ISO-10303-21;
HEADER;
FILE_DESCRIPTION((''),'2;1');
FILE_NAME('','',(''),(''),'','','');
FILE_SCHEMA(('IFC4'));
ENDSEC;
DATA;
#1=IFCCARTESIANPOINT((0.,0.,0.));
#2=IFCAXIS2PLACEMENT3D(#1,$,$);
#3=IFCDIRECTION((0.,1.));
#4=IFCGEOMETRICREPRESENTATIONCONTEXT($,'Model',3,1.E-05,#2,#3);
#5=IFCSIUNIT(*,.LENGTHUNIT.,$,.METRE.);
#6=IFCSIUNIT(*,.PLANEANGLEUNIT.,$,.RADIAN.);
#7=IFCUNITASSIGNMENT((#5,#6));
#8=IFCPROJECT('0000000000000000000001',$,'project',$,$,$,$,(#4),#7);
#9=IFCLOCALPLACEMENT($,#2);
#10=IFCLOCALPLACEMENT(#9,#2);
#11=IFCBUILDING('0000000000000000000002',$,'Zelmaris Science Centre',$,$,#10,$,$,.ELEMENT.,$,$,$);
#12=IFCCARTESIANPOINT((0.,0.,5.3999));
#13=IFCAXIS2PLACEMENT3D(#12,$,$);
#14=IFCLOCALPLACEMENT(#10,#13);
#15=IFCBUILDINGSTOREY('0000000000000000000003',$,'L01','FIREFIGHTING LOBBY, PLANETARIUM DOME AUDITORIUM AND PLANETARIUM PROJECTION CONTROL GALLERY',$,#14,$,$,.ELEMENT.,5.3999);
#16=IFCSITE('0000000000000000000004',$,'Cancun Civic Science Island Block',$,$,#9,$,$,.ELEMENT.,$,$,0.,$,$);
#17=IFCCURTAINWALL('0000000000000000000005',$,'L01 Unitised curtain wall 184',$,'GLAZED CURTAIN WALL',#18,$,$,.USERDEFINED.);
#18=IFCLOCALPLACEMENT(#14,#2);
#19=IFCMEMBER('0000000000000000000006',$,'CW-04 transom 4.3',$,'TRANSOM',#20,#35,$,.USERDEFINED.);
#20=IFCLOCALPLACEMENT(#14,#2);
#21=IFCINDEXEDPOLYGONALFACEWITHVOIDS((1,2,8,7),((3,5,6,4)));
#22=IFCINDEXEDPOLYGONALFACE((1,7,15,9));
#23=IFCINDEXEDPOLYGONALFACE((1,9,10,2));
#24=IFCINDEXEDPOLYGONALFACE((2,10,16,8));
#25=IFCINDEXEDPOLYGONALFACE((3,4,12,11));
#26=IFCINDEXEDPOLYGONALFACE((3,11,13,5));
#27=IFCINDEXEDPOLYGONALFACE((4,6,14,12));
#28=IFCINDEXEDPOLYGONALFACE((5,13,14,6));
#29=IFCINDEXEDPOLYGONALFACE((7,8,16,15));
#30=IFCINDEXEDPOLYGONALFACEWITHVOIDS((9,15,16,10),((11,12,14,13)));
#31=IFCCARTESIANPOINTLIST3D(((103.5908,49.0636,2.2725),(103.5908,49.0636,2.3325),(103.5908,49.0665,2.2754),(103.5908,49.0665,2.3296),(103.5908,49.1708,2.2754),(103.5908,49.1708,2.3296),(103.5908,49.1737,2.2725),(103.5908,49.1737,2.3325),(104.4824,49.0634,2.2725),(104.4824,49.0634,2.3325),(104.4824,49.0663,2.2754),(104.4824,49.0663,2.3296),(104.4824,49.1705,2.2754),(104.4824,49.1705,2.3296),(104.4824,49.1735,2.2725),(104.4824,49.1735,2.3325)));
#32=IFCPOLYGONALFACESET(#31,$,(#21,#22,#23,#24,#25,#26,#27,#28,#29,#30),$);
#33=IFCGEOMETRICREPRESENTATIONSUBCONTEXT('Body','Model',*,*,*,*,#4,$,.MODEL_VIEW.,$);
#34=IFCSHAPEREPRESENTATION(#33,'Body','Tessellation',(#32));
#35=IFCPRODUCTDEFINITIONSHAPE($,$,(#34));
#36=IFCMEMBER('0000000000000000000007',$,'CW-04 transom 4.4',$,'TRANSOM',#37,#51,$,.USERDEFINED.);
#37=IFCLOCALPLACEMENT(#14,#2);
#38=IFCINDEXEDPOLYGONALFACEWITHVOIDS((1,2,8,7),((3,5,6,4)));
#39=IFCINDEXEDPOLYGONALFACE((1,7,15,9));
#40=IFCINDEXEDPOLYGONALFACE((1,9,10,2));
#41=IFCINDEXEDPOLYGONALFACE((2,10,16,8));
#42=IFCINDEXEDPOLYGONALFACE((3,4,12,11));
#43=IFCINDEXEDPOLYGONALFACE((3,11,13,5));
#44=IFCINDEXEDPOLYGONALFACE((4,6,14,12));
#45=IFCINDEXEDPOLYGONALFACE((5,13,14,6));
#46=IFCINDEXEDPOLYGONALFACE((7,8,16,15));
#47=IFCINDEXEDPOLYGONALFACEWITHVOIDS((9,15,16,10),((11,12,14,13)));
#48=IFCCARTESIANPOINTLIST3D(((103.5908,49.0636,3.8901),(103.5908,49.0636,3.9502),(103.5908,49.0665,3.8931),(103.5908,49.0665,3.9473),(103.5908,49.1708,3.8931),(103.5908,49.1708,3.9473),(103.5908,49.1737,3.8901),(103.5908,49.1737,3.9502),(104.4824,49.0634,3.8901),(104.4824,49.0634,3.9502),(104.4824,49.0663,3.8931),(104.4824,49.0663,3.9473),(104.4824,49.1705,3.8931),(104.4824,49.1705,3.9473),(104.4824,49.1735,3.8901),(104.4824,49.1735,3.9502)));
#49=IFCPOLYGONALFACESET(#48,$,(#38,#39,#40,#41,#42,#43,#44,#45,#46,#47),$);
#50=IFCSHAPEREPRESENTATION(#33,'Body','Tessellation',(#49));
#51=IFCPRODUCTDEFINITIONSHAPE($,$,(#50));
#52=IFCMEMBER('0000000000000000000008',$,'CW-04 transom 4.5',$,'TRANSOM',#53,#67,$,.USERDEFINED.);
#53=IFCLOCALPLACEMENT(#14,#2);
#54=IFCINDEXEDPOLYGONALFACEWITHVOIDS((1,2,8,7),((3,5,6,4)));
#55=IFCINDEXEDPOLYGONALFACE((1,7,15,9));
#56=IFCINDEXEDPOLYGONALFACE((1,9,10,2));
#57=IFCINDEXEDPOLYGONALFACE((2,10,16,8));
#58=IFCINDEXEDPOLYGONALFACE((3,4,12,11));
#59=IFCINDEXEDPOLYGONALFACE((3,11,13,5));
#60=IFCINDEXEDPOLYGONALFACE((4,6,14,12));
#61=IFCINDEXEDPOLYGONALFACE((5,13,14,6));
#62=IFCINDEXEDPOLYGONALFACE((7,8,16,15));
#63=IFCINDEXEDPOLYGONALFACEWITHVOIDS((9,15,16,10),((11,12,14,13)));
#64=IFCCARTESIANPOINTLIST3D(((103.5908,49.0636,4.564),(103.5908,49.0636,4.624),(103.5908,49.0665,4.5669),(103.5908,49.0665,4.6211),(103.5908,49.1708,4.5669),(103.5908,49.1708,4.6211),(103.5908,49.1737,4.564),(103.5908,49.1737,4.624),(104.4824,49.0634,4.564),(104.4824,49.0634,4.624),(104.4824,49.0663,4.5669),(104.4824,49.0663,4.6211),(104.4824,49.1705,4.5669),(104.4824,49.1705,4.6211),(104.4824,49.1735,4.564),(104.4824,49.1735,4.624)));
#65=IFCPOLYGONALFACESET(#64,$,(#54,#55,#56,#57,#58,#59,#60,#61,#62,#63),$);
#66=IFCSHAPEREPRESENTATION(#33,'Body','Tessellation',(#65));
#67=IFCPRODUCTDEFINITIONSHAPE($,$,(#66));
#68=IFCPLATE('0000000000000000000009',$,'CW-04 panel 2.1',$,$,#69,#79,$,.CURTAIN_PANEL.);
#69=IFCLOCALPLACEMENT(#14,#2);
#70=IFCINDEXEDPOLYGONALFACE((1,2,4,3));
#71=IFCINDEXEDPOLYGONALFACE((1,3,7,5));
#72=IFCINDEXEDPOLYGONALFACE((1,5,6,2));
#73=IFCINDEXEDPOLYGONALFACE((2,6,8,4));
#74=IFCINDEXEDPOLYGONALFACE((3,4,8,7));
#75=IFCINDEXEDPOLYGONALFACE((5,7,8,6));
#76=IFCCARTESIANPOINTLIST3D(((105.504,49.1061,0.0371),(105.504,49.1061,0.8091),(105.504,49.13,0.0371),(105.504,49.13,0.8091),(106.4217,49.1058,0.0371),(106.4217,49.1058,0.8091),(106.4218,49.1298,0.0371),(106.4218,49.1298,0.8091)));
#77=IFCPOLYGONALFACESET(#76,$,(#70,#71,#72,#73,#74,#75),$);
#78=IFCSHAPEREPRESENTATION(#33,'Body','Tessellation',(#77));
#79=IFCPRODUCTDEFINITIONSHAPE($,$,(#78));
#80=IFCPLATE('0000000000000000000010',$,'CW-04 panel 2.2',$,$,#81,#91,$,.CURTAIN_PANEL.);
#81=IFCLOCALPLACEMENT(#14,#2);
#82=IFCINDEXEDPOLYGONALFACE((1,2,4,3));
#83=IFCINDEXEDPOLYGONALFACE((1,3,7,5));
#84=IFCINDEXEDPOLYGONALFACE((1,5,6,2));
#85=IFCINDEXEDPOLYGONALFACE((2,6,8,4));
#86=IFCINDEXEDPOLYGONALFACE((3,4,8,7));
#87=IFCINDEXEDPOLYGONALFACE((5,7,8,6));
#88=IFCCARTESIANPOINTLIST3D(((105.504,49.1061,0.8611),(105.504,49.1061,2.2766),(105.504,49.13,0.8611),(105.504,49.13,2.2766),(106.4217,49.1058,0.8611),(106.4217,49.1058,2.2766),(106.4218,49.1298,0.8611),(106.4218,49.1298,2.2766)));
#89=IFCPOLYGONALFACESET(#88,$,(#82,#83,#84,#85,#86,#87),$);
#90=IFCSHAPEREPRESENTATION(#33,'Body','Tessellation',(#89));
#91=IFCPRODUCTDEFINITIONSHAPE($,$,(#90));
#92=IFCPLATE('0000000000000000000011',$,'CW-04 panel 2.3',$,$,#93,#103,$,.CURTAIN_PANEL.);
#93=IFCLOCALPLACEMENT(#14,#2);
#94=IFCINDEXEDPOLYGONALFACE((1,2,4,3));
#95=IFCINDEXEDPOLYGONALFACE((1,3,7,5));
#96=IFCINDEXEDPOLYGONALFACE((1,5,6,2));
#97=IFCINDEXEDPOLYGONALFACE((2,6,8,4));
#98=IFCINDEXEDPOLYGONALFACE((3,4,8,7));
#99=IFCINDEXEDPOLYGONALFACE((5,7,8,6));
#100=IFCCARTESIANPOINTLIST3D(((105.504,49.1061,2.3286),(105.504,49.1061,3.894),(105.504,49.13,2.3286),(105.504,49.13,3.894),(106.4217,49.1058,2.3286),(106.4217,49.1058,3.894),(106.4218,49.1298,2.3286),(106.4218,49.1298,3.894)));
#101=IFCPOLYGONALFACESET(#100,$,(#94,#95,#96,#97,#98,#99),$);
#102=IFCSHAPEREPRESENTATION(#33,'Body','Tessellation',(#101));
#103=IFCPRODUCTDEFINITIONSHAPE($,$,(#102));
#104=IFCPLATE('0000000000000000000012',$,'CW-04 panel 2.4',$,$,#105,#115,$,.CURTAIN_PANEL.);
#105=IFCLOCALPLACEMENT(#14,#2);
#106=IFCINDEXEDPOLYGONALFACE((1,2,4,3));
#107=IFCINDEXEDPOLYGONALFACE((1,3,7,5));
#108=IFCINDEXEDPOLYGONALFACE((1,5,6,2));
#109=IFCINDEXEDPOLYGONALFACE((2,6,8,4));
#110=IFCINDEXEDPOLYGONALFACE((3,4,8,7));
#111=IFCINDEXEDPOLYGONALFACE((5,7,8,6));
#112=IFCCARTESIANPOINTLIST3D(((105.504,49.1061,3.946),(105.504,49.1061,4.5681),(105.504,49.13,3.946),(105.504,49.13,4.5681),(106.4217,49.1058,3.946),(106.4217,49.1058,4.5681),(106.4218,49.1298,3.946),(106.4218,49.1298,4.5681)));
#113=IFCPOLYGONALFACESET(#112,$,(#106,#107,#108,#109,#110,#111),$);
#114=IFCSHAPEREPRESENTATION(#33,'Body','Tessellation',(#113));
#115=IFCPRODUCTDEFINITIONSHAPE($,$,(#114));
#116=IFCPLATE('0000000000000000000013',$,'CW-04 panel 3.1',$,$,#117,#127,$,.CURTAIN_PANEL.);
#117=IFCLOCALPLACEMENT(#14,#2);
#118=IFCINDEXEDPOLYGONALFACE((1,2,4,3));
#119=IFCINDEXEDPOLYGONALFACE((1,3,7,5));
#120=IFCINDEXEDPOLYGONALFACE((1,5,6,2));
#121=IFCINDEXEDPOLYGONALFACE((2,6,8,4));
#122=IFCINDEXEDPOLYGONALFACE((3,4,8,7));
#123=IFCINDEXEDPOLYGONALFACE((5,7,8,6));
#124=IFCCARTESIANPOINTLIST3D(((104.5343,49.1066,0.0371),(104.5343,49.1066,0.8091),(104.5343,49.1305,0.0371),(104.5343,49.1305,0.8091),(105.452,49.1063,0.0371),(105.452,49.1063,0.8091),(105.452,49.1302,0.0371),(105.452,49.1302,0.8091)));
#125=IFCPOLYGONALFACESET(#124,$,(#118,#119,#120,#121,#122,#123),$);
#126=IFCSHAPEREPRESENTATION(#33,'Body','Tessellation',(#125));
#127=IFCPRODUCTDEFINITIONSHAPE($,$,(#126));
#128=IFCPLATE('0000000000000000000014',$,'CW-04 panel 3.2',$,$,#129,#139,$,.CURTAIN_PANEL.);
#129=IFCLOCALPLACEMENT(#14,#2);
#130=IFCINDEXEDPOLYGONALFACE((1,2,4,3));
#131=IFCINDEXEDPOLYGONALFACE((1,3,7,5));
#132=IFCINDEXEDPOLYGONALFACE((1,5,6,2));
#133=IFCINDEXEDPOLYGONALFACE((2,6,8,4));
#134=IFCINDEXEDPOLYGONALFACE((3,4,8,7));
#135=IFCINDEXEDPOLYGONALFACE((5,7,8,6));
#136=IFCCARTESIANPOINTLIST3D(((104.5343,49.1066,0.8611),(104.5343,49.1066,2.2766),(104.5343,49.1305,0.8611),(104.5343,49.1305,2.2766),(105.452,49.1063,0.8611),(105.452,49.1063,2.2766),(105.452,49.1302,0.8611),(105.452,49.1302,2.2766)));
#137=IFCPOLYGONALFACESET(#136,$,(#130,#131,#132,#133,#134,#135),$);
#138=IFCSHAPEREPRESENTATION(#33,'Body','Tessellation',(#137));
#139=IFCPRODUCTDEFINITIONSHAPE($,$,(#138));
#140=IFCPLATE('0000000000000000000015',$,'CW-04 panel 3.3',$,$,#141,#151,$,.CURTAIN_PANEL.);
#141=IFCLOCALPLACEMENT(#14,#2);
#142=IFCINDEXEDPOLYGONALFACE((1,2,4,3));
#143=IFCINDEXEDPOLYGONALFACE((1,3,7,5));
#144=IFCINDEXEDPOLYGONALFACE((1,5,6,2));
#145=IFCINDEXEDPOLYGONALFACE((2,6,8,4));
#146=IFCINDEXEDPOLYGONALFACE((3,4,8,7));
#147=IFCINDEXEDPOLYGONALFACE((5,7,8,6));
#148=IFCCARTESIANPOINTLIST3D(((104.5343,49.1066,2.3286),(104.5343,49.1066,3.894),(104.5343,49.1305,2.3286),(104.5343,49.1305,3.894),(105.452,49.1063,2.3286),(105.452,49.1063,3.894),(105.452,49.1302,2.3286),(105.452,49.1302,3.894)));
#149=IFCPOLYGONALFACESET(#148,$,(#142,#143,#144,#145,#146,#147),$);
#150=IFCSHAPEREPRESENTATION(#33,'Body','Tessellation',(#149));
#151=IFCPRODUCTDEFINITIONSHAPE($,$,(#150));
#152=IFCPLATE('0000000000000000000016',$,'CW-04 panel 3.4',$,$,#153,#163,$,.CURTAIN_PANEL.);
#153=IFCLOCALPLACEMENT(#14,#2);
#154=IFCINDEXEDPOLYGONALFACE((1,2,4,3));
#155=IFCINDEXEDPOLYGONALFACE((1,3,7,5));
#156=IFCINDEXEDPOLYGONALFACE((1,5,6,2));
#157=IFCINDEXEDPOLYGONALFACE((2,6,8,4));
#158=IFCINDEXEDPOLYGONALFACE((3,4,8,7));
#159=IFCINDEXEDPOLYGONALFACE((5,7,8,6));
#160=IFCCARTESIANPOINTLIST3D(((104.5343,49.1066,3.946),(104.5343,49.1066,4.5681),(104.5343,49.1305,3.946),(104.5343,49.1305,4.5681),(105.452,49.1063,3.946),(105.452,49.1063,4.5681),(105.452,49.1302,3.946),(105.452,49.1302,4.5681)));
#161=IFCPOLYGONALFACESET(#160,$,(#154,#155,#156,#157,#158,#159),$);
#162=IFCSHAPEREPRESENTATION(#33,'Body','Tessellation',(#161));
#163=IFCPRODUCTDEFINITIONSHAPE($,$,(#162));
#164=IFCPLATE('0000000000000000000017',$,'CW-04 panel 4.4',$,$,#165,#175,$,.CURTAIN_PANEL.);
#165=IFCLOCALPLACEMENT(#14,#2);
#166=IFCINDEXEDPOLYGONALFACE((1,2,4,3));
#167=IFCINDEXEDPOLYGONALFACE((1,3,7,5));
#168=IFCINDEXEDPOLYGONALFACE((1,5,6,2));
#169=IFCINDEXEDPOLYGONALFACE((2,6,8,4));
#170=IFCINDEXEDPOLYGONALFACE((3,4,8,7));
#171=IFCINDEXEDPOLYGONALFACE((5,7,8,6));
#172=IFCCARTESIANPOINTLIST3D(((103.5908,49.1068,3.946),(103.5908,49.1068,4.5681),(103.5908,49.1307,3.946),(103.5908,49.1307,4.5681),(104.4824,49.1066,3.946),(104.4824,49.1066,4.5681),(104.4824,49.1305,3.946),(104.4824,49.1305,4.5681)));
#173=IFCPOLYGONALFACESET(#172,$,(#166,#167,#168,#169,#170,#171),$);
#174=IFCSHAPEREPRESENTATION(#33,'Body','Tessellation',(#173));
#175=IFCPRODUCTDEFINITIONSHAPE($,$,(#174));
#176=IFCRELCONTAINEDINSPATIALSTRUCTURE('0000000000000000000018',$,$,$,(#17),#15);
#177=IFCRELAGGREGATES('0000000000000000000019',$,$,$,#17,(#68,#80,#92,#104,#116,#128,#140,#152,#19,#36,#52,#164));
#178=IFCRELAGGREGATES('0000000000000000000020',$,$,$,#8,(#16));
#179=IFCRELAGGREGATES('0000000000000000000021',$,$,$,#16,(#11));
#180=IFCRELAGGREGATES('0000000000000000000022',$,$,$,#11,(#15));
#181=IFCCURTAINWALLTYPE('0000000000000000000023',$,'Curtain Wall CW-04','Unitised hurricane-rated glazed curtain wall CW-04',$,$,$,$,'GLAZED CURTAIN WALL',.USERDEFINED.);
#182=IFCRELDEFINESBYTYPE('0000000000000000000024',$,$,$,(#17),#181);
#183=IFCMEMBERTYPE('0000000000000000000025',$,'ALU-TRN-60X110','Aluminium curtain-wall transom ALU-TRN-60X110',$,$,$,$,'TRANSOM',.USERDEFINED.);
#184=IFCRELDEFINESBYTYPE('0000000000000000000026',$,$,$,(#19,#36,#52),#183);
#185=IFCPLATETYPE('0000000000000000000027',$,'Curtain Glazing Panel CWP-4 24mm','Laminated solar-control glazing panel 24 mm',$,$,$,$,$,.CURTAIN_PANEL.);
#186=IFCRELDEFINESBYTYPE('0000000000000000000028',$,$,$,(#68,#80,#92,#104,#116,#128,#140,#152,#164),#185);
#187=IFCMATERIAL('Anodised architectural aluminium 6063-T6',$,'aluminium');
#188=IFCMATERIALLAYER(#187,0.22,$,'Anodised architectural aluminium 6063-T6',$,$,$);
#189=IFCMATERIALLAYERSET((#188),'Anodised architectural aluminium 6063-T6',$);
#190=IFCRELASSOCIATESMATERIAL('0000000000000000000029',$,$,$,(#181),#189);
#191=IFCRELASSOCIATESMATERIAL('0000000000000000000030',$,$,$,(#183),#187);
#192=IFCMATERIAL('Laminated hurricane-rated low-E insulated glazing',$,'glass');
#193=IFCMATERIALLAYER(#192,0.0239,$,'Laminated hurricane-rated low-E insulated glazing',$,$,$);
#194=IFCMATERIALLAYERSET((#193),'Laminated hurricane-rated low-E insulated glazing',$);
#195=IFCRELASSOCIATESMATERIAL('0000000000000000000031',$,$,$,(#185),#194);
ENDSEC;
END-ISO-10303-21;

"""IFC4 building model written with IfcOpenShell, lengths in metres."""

from ifc_helpers import new_model, si_unit, direction, frame, origin, origin_2d, place, context, subcontext, project, spatial, rectangle, hollow_rectangle, extrude, material, layer, layer_set, material_profile, profile_set, type_object, element, aggregate, save


model = new_model("IFC4")

# Units and contexts
model_context = context("Model", 3, precision=1e-05, world=origin(), true_north=direction((0.0, 1.0)))
body_context = subcontext(model_context, "Body", "Model", "MODEL_VIEW")
ifc_project = project(units=[si_unit("LENGTHUNIT", "METRE"), si_unit("PLANEANGLEUNIT", "RADIAN")], contexts=[model_context])

# Site, building, storey
site_placement = place(None, origin())
site = spatial("IfcSite", under=ifc_project, at=site_placement, Name="Cancun Civic Science Island Block", CompositionType="ELEMENT", RefElevation=0.0)
building_placement = place(site_placement, origin())
building = spatial("IfcBuilding", under=site, at=building_placement, Name="Zelmaris Science Centre", CompositionType="ELEMENT")
storey_placement = place(building_placement, frame((0.0, 0.0, 5.3999)))
storey = spatial("IfcBuildingStorey", under=building, at=storey_placement, Name="L01", Description="FIREFIGHTING LOBBY, PLANETARIUM DOME AUDITORIUM AND PLANETARIUM PROJECTION CONTROL GALLERY", CompositionType="ELEMENT", Elevation=5.3999)

# Curtain wall, members, plates
ifc_material_1 = material(Name="Anodised architectural aluminium 6063-T6", Category="aluminium")
ifc_layer_1 = layer(ifc_material_1, 0.22, Name="Anodised architectural aluminium 6063-T6")
ifc_layer_set_1 = layer_set([ifc_layer_1], Name="Anodised architectural aluminium 6063-T6")
curtain_wall_type = type_object("IfcCurtainWallType", Name="Curtain Wall CW-04", Description="Unitised hurricane-rated glazed curtain wall CW-04", ElementType="GLAZED CURTAIN WALL", PredefinedType="USERDEFINED", material=ifc_layer_set_1)
curtain_wall_placement = place(storey_placement, origin())
curtain_wall = element("IfcCurtainWall", 1, at=curtain_wall_placement, inside=storey, type_object=curtain_wall_type, Name="L01 Unitised curtain wall 184", ObjectType="GLAZED CURTAIN WALL", PredefinedType="USERDEFINED")
ifc_material_profile_1 = material_profile(ifc_material_1, hollow_rectangle(XDim=0.0601, YDim=0.1101, WallThickness=0.0029, at=origin_2d()), Name="ALU-TRN-60X110")
ifc_profile_set_1 = profile_set([ifc_material_profile_1], Name="Anodised architectural aluminium 6063-T6")
member_type_1 = type_object("IfcMemberType", Name="ALU-TRN-60X110", Description="Aluminium curtain-wall transom ALU-TRN-60X110", ElementType="TRANSOM", PredefinedType="USERDEFINED", material=ifc_profile_set_1)
member_1_placement = place(storey_placement, frame((104.4824, 49.1184, 2.3025), z_axis=(-1.0, 0.000274, 0.0), x_axis=(0.0, 0.0, 1.0)))
member_1 = element("IfcMember", 2, at=member_1_placement, type_object=member_type_1, Name="CW-04 transom 4.3", ObjectType="TRANSOM", PredefinedType="USERDEFINED", context=body_context, shape_type="SweptSolid", body=[
    extrude(hollow_rectangle(XDim=0.0601, YDim=0.1101, WallThickness=0.0029, at=origin_2d()), origin(), (0.0, 0.0, 1.0), 0.8916),
])
member_2_placement = place(storey_placement, frame((104.4824, 49.1184, 3.9202), z_axis=(-1.0, 0.000274, 0.0), x_axis=(0.0, 0.0, 1.0)))
member_2 = element("IfcMember", 3, at=member_2_placement, type_object=member_type_1, Name="CW-04 transom 4.4", ObjectType="TRANSOM", PredefinedType="USERDEFINED", context=body_context, shape_type="SweptSolid", body=[
    extrude(hollow_rectangle(XDim=0.0601, YDim=0.1101, WallThickness=0.0029, at=origin_2d()), origin(), (0.0, 0.0, 1.0), 0.8916),
])
member_3_placement = place(storey_placement, frame((104.4824, 49.1184, 4.594), z_axis=(-1.0, 0.000274, 0.0), x_axis=(0.0, 0.0, 1.0)))
member_3 = element("IfcMember", 4, at=member_3_placement, type_object=member_type_1, Name="CW-04 transom 4.5", ObjectType="TRANSOM", PredefinedType="USERDEFINED", context=body_context, shape_type="SweptSolid", body=[
    extrude(hollow_rectangle(XDim=0.0601, YDim=0.1101, WallThickness=0.0029, at=origin_2d()), origin(), (0.0, 0.0, 1.0), 0.8916),
])
ifc_material_2 = material(Name="Laminated hurricane-rated low-E insulated glazing", Category="glass")
ifc_layer_2 = layer(ifc_material_2, 0.0239, Name="Laminated hurricane-rated low-E insulated glazing")
ifc_layer_set_2 = layer_set([ifc_layer_2], Name="Laminated hurricane-rated low-E insulated glazing")
plate_type = type_object("IfcPlateType", Name="Curtain Glazing Panel CWP-4 24mm", Description="Laminated solar-control glazing panel 24 mm", PredefinedType="CURTAIN_PANEL", material=ifc_layer_set_2)
plate_1_placement = place(storey_placement, frame((105.9629, 49.1179, 0.0371), z_axis=(0.0, 0.0, 1.0), x_axis=(-1.0, 0.000284, 0.0)))
plate_1 = element("IfcPlate", 5, at=plate_1_placement, type_object=plate_type, Name="CW-04 panel 2.1", PredefinedType="CURTAIN_PANEL", context=body_context, shape_type="SweptSolid", body=[
    extrude(rectangle(XDim=0.9177, YDim=0.0239, at=origin_2d()), origin(), (0.0, 0.0, 1.0), 0.772),
])
plate_2_placement = place(storey_placement, frame((105.9629, 49.1179, 0.8611), z_axis=(0.0, 0.0, 1.0), x_axis=(-1.0, 0.000284, 0.0)))
plate_2 = element("IfcPlate", 6, at=plate_2_placement, type_object=plate_type, Name="CW-04 panel 2.2", PredefinedType="CURTAIN_PANEL", context=body_context, shape_type="SweptSolid", body=[
    extrude(rectangle(XDim=0.9177, YDim=0.0239, at=origin_2d()), origin(), (0.0, 0.0, 1.0), 1.4155),
])
plate_3_placement = place(storey_placement, frame((105.9629, 49.1179, 2.3286), z_axis=(0.0, 0.0, 1.0), x_axis=(-1.0, 0.000284, 0.0)))
plate_3 = element("IfcPlate", 7, at=plate_3_placement, type_object=plate_type, Name="CW-04 panel 2.3", PredefinedType="CURTAIN_PANEL", context=body_context, shape_type="SweptSolid", body=[
    extrude(rectangle(XDim=0.9177, YDim=0.0239, at=origin_2d()), origin(), (0.0, 0.0, 1.0), 1.5654),
])
plate_4_placement = place(storey_placement, frame((105.9629, 49.1179, 3.946), z_axis=(0.0, 0.0, 1.0), x_axis=(-1.0, 0.000284, 0.0)))
plate_4 = element("IfcPlate", 8, at=plate_4_placement, type_object=plate_type, Name="CW-04 panel 2.4", PredefinedType="CURTAIN_PANEL", context=body_context, shape_type="SweptSolid", body=[
    extrude(rectangle(XDim=0.9177, YDim=0.0239, at=origin_2d()), origin(), (0.0, 0.0, 1.0), 0.6221),
])
plate_5_placement = place(storey_placement, frame((104.9932, 49.1184, 0.0371), z_axis=(0.0, 0.0, 1.0), x_axis=(-1.0, 0.000284, 0.0)))
plate_5 = element("IfcPlate", 9, at=plate_5_placement, type_object=plate_type, Name="CW-04 panel 3.1", PredefinedType="CURTAIN_PANEL", context=body_context, shape_type="SweptSolid", body=[
    extrude(rectangle(XDim=0.9177, YDim=0.0239, at=origin_2d()), origin(), (0.0, 0.0, 1.0), 0.772),
])
plate_6_placement = place(storey_placement, frame((104.9932, 49.1184, 0.8611), z_axis=(0.0, 0.0, 1.0), x_axis=(-1.0, 0.000284, 0.0)))
plate_6 = element("IfcPlate", 10, at=plate_6_placement, type_object=plate_type, Name="CW-04 panel 3.2", PredefinedType="CURTAIN_PANEL", context=body_context, shape_type="SweptSolid", body=[
    extrude(rectangle(XDim=0.9177, YDim=0.0239, at=origin_2d()), origin(), (0.0, 0.0, 1.0), 1.4155),
])
plate_7_placement = place(storey_placement, frame((104.9932, 49.1184, 2.3286), z_axis=(0.0, 0.0, 1.0), x_axis=(-1.0, 0.000284, 0.0)))
plate_7 = element("IfcPlate", 11, at=plate_7_placement, type_object=plate_type, Name="CW-04 panel 3.3", PredefinedType="CURTAIN_PANEL", context=body_context, shape_type="SweptSolid", body=[
    extrude(rectangle(XDim=0.9177, YDim=0.0239, at=origin_2d()), origin(), (0.0, 0.0, 1.0), 1.5654),
])
plate_8_placement = place(storey_placement, frame((104.9932, 49.1184, 3.946), z_axis=(0.0, 0.0, 1.0), x_axis=(-1.0, 0.000284, 0.0)))
plate_8 = element("IfcPlate", 12, at=plate_8_placement, type_object=plate_type, Name="CW-04 panel 3.4", PredefinedType="CURTAIN_PANEL", context=body_context, shape_type="SweptSolid", body=[
    extrude(rectangle(XDim=0.9177, YDim=0.0239, at=origin_2d()), origin(), (0.0, 0.0, 1.0), 0.6221),
])
plate_9_placement = place(storey_placement, frame((104.0366, 49.1187, 3.946), z_axis=(0.0, 0.0, 1.0), x_axis=(-1.0, 0.000284, 0.0)))
plate_9 = element("IfcPlate", 13, at=plate_9_placement, type_object=plate_type, Name="CW-04 panel 4.4", PredefinedType="CURTAIN_PANEL", context=body_context, shape_type="SweptSolid", body=[
    extrude(rectangle(XDim=0.8916, YDim=0.0239, at=origin_2d()), origin(), (0.0, 0.0, 1.0), 0.6221),
])
aggregate(curtain_wall, [plate_1, plate_2, plate_3, plate_4, plate_5, plate_6, plate_7, plate_8, member_1, member_2, member_3, plate_9])

save(model, "model.ifc")
